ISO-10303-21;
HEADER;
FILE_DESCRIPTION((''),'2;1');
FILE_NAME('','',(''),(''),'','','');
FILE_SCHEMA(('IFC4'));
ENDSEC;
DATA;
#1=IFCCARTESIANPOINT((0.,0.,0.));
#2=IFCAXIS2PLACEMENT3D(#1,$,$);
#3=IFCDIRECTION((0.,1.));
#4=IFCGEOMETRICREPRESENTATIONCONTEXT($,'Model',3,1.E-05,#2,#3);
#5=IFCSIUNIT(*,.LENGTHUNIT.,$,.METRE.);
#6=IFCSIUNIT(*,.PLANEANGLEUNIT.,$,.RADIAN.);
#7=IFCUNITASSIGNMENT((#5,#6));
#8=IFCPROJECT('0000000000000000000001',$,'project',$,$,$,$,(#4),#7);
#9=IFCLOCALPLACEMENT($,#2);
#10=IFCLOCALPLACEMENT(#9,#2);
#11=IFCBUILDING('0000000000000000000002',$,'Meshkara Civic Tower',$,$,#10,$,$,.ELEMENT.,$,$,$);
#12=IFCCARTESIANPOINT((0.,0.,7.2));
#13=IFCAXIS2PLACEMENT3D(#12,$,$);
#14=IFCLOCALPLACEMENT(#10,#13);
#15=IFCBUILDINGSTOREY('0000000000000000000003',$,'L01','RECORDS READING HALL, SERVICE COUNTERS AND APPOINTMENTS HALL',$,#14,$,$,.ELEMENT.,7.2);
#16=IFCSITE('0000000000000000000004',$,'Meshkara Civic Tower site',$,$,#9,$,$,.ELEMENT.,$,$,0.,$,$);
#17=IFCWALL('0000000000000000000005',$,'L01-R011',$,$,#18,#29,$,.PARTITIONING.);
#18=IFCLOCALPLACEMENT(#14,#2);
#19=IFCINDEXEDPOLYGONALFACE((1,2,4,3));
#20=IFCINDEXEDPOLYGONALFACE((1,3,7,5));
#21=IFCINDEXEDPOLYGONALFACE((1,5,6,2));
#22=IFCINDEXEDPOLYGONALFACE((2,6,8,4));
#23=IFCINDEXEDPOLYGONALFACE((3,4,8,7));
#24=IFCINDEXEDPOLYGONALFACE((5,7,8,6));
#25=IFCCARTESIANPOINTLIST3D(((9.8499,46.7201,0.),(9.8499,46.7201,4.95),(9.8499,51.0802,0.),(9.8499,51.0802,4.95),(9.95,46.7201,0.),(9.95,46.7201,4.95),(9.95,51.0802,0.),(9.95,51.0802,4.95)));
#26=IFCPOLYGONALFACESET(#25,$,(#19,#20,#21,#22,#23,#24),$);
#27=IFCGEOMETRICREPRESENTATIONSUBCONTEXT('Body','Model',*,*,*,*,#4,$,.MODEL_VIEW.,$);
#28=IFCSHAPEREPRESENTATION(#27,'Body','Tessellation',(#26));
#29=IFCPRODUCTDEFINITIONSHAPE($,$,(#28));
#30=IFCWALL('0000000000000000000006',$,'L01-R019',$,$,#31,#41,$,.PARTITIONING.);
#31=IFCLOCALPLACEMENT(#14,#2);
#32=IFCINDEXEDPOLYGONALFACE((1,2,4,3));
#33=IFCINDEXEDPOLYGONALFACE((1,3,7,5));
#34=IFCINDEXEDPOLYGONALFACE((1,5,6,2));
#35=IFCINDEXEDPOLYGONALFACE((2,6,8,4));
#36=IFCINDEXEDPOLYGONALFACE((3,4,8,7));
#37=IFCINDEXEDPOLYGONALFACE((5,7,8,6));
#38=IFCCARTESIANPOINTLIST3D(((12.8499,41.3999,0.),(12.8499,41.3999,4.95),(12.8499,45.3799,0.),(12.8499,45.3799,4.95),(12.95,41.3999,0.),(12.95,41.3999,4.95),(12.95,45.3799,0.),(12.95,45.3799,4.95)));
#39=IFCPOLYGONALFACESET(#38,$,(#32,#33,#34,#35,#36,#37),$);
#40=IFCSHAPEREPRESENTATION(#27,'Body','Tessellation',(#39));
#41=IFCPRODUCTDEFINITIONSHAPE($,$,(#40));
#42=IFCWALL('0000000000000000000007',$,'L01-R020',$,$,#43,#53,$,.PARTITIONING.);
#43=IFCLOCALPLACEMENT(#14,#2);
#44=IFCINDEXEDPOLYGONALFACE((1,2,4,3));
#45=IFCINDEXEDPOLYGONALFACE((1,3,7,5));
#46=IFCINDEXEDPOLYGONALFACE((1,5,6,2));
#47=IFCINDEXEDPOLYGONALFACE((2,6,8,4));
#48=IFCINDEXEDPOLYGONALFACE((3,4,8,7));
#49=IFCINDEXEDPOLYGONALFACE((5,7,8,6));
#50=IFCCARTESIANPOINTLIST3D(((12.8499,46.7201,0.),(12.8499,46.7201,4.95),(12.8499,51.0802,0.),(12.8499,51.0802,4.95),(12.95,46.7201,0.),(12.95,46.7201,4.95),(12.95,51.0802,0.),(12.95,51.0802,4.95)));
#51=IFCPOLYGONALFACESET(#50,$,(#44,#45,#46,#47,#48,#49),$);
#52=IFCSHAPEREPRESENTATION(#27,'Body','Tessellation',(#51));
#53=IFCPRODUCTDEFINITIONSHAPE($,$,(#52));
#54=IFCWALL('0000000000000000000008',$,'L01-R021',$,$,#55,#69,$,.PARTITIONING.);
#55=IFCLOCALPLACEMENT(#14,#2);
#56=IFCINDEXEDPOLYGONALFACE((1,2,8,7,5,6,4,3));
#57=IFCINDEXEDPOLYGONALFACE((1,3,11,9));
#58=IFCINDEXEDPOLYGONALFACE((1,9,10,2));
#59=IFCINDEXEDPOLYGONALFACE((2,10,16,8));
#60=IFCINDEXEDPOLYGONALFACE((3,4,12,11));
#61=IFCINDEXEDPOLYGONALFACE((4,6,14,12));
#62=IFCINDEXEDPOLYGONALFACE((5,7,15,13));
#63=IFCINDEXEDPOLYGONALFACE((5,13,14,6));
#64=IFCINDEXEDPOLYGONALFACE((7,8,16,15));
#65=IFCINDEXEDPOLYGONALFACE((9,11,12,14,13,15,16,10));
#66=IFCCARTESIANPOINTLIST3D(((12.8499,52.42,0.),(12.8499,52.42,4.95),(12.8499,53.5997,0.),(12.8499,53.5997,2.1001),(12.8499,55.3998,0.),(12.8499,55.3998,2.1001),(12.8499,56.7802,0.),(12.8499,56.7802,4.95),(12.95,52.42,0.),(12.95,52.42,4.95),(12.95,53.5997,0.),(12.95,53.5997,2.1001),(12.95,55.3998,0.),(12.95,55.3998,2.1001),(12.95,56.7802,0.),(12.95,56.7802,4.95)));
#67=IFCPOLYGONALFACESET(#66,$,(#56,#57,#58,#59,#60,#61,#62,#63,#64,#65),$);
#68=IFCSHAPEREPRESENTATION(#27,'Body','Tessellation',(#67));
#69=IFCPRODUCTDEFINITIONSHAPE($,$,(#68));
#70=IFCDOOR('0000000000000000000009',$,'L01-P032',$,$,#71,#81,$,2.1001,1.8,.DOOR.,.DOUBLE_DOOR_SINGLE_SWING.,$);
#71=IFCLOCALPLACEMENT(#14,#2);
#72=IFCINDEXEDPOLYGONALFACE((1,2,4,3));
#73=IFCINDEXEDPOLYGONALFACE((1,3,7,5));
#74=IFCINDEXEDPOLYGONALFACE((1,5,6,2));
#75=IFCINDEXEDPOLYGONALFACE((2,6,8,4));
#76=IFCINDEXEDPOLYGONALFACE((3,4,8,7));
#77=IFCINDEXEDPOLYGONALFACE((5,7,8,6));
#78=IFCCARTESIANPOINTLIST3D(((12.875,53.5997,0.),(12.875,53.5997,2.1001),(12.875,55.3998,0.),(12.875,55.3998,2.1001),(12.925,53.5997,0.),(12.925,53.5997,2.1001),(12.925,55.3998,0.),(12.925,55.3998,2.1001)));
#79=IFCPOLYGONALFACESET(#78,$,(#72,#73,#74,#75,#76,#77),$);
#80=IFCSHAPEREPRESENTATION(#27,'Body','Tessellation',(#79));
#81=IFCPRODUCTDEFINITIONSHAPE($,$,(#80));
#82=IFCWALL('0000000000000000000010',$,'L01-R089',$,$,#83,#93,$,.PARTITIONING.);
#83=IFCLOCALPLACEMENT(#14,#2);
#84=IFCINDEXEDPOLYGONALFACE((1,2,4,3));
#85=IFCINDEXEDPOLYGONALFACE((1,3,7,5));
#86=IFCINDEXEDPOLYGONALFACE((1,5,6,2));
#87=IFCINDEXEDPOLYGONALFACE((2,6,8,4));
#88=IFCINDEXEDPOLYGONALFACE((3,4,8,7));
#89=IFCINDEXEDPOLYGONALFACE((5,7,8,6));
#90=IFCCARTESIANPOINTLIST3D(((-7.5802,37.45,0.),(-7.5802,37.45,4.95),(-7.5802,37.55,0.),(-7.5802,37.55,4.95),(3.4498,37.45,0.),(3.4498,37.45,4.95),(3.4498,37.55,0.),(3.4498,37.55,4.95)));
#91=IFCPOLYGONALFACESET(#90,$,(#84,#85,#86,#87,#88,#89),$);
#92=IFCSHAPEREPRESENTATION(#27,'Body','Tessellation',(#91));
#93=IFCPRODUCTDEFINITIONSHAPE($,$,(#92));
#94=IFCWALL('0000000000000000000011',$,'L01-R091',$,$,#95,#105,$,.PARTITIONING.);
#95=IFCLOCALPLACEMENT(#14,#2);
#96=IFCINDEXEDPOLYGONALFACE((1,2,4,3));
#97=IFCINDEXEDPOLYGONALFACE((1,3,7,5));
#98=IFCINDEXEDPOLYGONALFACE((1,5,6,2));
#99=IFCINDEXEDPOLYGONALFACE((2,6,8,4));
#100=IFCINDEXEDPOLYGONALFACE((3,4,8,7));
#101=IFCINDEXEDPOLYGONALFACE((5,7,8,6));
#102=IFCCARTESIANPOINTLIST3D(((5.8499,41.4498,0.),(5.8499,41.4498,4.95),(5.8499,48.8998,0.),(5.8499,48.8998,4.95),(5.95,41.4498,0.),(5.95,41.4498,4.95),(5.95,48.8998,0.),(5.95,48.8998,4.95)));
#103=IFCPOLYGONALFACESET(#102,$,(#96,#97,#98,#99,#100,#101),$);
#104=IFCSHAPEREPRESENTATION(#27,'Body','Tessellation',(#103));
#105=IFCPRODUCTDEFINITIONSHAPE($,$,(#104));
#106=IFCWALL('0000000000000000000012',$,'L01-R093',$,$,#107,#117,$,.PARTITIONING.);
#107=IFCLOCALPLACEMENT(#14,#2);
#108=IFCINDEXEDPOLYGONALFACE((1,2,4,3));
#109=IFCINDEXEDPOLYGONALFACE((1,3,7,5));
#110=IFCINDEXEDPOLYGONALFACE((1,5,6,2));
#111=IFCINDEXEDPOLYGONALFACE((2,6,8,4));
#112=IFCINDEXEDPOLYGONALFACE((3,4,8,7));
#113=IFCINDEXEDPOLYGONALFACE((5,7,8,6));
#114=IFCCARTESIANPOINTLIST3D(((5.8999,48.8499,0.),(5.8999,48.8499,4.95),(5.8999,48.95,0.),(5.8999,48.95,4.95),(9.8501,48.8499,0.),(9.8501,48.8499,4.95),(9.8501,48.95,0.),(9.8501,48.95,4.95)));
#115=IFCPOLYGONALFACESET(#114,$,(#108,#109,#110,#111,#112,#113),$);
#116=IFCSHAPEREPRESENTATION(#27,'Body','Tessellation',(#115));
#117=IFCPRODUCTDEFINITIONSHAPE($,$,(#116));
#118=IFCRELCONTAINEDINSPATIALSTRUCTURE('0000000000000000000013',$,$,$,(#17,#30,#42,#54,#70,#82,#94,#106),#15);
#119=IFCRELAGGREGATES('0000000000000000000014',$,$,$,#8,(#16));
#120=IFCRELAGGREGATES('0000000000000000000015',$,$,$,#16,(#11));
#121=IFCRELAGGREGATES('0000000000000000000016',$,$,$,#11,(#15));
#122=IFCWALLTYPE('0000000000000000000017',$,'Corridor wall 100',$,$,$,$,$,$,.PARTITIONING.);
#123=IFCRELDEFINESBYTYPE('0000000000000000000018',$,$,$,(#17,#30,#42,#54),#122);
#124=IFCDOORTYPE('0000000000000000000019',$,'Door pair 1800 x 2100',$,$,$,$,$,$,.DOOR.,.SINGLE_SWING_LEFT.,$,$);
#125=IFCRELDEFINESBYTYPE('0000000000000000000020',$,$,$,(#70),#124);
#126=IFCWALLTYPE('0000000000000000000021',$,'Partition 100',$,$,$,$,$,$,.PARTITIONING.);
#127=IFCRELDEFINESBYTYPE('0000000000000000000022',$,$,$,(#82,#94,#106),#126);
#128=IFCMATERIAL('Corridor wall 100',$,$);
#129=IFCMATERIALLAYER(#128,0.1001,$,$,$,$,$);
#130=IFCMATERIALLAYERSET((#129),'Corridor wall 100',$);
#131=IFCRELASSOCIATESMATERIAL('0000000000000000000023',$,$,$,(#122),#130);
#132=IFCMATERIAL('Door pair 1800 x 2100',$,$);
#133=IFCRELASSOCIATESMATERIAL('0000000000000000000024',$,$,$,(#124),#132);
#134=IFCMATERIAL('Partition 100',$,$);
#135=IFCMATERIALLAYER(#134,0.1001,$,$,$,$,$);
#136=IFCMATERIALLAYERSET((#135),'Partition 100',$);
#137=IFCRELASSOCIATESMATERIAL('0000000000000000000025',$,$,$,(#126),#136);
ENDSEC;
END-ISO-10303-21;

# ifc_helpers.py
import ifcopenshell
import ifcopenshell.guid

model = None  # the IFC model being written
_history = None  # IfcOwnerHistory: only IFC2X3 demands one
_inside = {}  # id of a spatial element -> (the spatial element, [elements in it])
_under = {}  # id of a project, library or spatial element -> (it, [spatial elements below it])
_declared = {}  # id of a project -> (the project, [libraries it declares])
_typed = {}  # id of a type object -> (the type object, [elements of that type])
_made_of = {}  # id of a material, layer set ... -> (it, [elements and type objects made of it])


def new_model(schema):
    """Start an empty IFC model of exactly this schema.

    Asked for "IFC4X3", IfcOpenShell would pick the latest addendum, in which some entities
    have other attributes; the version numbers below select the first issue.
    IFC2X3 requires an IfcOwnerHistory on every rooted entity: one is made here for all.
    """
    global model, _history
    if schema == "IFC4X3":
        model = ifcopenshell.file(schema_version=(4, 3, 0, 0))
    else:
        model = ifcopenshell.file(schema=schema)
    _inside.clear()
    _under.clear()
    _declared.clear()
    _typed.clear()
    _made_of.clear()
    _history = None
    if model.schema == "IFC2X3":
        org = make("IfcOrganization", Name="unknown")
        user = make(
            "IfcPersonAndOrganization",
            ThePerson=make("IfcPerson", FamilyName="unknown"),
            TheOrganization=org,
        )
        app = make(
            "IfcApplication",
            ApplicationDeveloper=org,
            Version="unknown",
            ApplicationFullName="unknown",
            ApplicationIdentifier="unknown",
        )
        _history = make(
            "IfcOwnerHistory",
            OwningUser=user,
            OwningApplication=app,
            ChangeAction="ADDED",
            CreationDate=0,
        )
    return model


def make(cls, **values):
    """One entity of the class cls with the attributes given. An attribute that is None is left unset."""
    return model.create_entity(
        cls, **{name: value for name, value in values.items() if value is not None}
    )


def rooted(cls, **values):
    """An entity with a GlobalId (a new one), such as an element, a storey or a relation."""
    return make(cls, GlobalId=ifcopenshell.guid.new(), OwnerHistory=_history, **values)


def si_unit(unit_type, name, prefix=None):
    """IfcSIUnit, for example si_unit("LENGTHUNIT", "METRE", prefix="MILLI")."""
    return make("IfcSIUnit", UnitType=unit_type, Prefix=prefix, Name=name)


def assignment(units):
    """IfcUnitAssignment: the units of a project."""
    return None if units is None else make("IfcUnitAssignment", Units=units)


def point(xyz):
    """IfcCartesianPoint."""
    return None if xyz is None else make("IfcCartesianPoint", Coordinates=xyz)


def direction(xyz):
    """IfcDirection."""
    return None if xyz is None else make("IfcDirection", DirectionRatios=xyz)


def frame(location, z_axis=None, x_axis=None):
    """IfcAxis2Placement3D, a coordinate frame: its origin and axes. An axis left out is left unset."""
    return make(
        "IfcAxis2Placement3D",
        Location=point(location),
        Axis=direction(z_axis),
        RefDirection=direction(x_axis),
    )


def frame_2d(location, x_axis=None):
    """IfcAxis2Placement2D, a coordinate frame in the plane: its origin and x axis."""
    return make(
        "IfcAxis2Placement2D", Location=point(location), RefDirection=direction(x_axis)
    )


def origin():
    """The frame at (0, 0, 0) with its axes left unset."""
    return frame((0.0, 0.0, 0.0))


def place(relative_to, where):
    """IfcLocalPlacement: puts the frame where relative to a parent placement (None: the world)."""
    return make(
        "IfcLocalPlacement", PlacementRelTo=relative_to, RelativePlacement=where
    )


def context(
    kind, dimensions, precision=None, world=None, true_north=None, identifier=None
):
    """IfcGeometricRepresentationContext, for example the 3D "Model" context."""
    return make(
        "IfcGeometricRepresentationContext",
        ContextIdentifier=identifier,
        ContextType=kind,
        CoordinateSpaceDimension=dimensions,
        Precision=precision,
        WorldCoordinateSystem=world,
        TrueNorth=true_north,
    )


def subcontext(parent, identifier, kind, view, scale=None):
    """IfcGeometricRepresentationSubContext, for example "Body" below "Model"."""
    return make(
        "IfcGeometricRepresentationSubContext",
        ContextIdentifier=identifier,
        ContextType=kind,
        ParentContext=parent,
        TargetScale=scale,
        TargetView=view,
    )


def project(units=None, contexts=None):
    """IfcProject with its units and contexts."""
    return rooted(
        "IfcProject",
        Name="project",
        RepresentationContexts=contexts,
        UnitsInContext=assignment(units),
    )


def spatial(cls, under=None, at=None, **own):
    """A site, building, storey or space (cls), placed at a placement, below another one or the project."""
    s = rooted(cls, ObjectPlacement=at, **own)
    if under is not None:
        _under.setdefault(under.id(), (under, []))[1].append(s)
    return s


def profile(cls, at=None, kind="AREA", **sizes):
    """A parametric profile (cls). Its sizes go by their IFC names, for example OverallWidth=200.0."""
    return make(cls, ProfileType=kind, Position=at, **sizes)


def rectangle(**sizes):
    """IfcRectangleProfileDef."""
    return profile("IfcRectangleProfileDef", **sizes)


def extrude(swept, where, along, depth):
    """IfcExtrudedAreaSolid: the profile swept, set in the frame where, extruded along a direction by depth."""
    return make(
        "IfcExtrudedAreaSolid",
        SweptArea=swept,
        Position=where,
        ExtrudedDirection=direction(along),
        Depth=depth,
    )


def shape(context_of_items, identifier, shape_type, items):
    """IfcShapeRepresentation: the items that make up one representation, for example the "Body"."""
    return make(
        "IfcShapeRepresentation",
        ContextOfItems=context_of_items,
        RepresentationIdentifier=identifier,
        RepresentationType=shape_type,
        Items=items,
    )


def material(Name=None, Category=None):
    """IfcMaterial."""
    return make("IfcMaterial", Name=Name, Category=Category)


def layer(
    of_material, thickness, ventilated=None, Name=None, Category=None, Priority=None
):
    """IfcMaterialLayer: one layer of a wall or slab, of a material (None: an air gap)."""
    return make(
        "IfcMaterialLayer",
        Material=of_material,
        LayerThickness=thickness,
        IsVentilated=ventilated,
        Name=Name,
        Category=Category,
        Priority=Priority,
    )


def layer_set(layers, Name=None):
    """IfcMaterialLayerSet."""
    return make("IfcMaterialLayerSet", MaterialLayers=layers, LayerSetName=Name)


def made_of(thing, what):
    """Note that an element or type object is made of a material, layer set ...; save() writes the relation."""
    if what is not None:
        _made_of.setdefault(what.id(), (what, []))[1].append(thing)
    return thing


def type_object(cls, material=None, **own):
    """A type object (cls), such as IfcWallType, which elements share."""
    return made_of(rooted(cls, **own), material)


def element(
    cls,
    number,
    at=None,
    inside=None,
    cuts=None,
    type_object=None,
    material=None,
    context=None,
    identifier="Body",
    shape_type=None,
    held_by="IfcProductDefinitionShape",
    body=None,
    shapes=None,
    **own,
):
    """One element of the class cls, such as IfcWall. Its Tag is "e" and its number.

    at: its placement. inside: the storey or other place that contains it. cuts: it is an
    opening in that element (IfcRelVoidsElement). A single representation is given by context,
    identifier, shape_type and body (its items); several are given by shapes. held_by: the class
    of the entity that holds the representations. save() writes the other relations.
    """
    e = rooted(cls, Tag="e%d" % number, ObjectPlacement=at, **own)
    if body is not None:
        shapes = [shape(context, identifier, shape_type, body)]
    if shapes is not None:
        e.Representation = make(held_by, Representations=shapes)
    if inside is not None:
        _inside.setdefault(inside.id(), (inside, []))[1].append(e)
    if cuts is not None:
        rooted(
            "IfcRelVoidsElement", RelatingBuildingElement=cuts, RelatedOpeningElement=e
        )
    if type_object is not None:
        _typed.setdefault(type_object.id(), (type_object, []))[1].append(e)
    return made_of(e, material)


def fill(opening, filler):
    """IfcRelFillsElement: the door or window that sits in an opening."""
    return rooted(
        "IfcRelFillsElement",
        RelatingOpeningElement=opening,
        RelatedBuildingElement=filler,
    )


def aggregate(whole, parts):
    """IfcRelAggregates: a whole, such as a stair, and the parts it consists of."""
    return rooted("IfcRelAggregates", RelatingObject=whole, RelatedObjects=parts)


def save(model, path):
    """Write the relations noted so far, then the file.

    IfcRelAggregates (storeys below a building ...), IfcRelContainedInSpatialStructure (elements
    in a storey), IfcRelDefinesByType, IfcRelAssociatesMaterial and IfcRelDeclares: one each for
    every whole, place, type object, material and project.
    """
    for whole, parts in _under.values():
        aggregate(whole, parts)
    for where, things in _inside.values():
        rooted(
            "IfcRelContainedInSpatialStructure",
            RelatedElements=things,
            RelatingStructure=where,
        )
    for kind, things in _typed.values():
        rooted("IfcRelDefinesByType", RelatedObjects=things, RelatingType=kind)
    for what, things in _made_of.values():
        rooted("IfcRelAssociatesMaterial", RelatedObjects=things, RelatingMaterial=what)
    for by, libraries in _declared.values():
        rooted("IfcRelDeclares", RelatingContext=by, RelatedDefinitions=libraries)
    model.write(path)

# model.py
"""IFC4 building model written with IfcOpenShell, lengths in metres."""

from ifc_helpers import new_model, si_unit, direction, frame, frame_2d, origin, place, context, subcontext, project, spatial, rectangle, extrude, material, layer, layer_set, type_object, element, fill, save


model = new_model("IFC4")

# Units and contexts
model_context = context("Model", 3, precision=1e-05, world=origin(), true_north=direction((0.0, 1.0)))
body_context = subcontext(model_context, "Body", "Model", "MODEL_VIEW")
ifc_project = project(units=[si_unit("LENGTHUNIT", "METRE"), si_unit("PLANEANGLEUNIT", "RADIAN")], contexts=[model_context])

# Site, building, storey
site_placement = place(None, origin())
site = spatial("IfcSite", under=ifc_project, at=site_placement, Name="Meshkara Civic Tower site", CompositionType="ELEMENT", RefElevation=0.0)
building_placement = place(site_placement, origin())
building = spatial("IfcBuilding", under=site, at=building_placement, Name="Meshkara Civic Tower", CompositionType="ELEMENT")
storey_placement = place(building_placement, frame((0.0, 0.0, 7.2)))
storey = spatial("IfcBuildingStorey", under=building, at=storey_placement, Name="L01", Description="RECORDS READING HALL, SERVICE COUNTERS AND APPOINTMENTS HALL", CompositionType="ELEMENT", Elevation=7.2)

# Shared definitions
ifc_material_1 = material(Name="Corridor wall 100")
ifc_layer_1 = layer(ifc_material_1, 0.1001)
ifc_layer_set_1 = layer_set([ifc_layer_1], Name="Corridor wall 100")
wall_type_1 = type_object("IfcWallType", Name="Corridor wall 100", PredefinedType="PARTITIONING", material=ifc_layer_set_1)

# Walls
wall_1_placement = place(storey_placement, frame((9.8999, 46.72, 0.0), z_axis=(0.0, 0.0, 1.0), x_axis=(0.0, 1.0, 0.0)))
element("IfcWall", 1, at=wall_1_placement, inside=storey, type_object=wall_type_1, Name="L01-R011", PredefinedType="PARTITIONING", context=body_context, shape_type="SweptSolid", body=[
    extrude(rectangle(XDim=4.3601, YDim=0.1001, at=frame_2d((2.1802, 0.0))), origin(), (0.0, 0.0, 1.0), 4.95),
])
wall_2_placement = place(storey_placement, frame((12.8999, 41.3999, 0.0), z_axis=(0.0, 0.0, 1.0), x_axis=(0.0, 1.0, 0.0)))
element("IfcWall", 2, at=wall_2_placement, inside=storey, type_object=wall_type_1, Name="L01-R019", PredefinedType="PARTITIONING", context=body_context, shape_type="SweptSolid", body=[
    extrude(rectangle(XDim=3.98, YDim=0.1001, at=frame_2d((1.99, 0.0))), origin(), (0.0, 0.0, 1.0), 4.95),
])
wall_3_placement = place(storey_placement, frame((12.8999, 46.72, 0.0), z_axis=(0.0, 0.0, 1.0), x_axis=(0.0, 1.0, 0.0)))
element("IfcWall", 3, at=wall_3_placement, inside=storey, type_object=wall_type_1, Name="L01-R020", PredefinedType="PARTITIONING", context=body_context, shape_type="SweptSolid", body=[
    extrude(rectangle(XDim=4.3601, YDim=0.1001, at=frame_2d((2.1802, 0.0))), origin(), (0.0, 0.0, 1.0), 4.95),
])

# Wall, opening, door
wall_4_placement = place(storey_placement, frame((12.8999, 52.4199, 0.0), z_axis=(0.0, 0.0, 1.0), x_axis=(0.0, 1.0, 0.0)))
wall_4 = element("IfcWall", 4, at=wall_4_placement, inside=storey, type_object=wall_type_1, Name="L01-R021", PredefinedType="PARTITIONING", context=body_context, shape_type="SweptSolid", body=[
    extrude(rectangle(XDim=4.3601, YDim=0.1001, at=frame_2d((2.1802, 0.0))), origin(), (0.0, 0.0, 1.0), 4.95),
])
opening_1_placement = place(wall_4_placement, frame((1.1799, 0.0, 0.0)))
opening_1 = element("IfcOpeningElement", 5, at=opening_1_placement, cuts=wall_4, PredefinedType="OPENING", context=body_context, shape_type="SweptSolid", body=[
    extrude(rectangle(XDim=1.8, YDim=2.1001, at=frame_2d((0.8999, 1.05))), frame((0.0, 0.0601, 0.0), z_axis=(0.0, -1.0, 0.0), x_axis=(1.0, 0.0, 0.0)), (0.0, 0.0, 1.0), 0.1201),
])
ifc_material_2 = material(Name="Door pair 1800 x 2100")
door_type_1 = type_object("IfcDoorType", Name="Door pair 1800 x 2100", OperationType="SINGLE_SWING_LEFT", PredefinedType="DOOR", material=ifc_material_2)
door_1_placement = place(opening_1_placement, origin())
door_1 = element("IfcDoor", 6, at=door_1_placement, inside=storey, type_object=door_type_1, Name="L01-P032", OperationType="DOUBLE_DOOR_SINGLE_SWING", OverallHeight=2.1001, OverallWidth=1.8, PredefinedType="DOOR", context=body_context, shape_type="SweptSolid", body=[
    extrude(rectangle(XDim=1.8, YDim=2.1001, at=frame_2d((0.8999, 1.05))), frame((0.0, 0.0249, 0.0), z_axis=(0.0, -1.0, 0.0), x_axis=(1.0, 0.0, 0.0)), (0.0, 0.0, 1.0), 0.05),
])
fill(opening_1, door_1)

# Walls
ifc_material_3 = material(Name="Partition 100")
ifc_layer_2 = layer(ifc_material_3, 0.1001)
ifc_layer_set_2 = layer_set([ifc_layer_2], Name="Partition 100")
wall_type_2 = type_object("IfcWallType", Name="Partition 100", PredefinedType="PARTITIONING", material=ifc_layer_set_2)
wall_5_placement = place(storey_placement, frame((3.45, 37.5, 0.0), z_axis=(0.0, 0.0, 1.0), x_axis=(-1.0, 0.0, 0.0)))
element("IfcWall", 7, at=wall_5_placement, inside=storey, type_object=wall_type_2, Name="L01-R089", PredefinedType="PARTITIONING", context=body_context, shape_type="SweptSolid", body=[
    extrude(rectangle(XDim=11.03, YDim=0.1001, at=frame_2d((5.5151, 0.0))), origin(), (0.0, 0.0, 1.0), 4.95),
])
wall_6_placement = place(storey_placement, frame((5.8999, 48.8999, 0.0), z_axis=(0.0, 0.0, 1.0), x_axis=(0.0, -1.0, 0.0)))
element("IfcWall", 8, at=wall_6_placement, inside=storey, type_object=wall_type_2, Name="L01-R091", PredefinedType="PARTITIONING", context=body_context, shape_type="SweptSolid", body=[
    extrude(rectangle(XDim=7.45, YDim=0.1001, at=frame_2d((3.7251, 0.0))), origin(), (0.0, 0.0, 1.0), 4.95),
])
wall_7_placement = place(storey_placement, frame((9.8501, 48.8999, 0.0), z_axis=(0.0, 0.0, 1.0), x_axis=(-1.0, 0.0, 0.0)))
element("IfcWall", 9, at=wall_7_placement, inside=storey, type_object=wall_type_2, Name="L01-R093", PredefinedType="PARTITIONING", context=body_context, shape_type="SweptSolid", body=[
    extrude(rectangle(XDim=3.9502, YDim=0.1001, at=frame_2d((1.9751, 0.0))), origin(), (0.0, 0.0, 1.0), 4.95),
])

save(model, "model.ifc")
